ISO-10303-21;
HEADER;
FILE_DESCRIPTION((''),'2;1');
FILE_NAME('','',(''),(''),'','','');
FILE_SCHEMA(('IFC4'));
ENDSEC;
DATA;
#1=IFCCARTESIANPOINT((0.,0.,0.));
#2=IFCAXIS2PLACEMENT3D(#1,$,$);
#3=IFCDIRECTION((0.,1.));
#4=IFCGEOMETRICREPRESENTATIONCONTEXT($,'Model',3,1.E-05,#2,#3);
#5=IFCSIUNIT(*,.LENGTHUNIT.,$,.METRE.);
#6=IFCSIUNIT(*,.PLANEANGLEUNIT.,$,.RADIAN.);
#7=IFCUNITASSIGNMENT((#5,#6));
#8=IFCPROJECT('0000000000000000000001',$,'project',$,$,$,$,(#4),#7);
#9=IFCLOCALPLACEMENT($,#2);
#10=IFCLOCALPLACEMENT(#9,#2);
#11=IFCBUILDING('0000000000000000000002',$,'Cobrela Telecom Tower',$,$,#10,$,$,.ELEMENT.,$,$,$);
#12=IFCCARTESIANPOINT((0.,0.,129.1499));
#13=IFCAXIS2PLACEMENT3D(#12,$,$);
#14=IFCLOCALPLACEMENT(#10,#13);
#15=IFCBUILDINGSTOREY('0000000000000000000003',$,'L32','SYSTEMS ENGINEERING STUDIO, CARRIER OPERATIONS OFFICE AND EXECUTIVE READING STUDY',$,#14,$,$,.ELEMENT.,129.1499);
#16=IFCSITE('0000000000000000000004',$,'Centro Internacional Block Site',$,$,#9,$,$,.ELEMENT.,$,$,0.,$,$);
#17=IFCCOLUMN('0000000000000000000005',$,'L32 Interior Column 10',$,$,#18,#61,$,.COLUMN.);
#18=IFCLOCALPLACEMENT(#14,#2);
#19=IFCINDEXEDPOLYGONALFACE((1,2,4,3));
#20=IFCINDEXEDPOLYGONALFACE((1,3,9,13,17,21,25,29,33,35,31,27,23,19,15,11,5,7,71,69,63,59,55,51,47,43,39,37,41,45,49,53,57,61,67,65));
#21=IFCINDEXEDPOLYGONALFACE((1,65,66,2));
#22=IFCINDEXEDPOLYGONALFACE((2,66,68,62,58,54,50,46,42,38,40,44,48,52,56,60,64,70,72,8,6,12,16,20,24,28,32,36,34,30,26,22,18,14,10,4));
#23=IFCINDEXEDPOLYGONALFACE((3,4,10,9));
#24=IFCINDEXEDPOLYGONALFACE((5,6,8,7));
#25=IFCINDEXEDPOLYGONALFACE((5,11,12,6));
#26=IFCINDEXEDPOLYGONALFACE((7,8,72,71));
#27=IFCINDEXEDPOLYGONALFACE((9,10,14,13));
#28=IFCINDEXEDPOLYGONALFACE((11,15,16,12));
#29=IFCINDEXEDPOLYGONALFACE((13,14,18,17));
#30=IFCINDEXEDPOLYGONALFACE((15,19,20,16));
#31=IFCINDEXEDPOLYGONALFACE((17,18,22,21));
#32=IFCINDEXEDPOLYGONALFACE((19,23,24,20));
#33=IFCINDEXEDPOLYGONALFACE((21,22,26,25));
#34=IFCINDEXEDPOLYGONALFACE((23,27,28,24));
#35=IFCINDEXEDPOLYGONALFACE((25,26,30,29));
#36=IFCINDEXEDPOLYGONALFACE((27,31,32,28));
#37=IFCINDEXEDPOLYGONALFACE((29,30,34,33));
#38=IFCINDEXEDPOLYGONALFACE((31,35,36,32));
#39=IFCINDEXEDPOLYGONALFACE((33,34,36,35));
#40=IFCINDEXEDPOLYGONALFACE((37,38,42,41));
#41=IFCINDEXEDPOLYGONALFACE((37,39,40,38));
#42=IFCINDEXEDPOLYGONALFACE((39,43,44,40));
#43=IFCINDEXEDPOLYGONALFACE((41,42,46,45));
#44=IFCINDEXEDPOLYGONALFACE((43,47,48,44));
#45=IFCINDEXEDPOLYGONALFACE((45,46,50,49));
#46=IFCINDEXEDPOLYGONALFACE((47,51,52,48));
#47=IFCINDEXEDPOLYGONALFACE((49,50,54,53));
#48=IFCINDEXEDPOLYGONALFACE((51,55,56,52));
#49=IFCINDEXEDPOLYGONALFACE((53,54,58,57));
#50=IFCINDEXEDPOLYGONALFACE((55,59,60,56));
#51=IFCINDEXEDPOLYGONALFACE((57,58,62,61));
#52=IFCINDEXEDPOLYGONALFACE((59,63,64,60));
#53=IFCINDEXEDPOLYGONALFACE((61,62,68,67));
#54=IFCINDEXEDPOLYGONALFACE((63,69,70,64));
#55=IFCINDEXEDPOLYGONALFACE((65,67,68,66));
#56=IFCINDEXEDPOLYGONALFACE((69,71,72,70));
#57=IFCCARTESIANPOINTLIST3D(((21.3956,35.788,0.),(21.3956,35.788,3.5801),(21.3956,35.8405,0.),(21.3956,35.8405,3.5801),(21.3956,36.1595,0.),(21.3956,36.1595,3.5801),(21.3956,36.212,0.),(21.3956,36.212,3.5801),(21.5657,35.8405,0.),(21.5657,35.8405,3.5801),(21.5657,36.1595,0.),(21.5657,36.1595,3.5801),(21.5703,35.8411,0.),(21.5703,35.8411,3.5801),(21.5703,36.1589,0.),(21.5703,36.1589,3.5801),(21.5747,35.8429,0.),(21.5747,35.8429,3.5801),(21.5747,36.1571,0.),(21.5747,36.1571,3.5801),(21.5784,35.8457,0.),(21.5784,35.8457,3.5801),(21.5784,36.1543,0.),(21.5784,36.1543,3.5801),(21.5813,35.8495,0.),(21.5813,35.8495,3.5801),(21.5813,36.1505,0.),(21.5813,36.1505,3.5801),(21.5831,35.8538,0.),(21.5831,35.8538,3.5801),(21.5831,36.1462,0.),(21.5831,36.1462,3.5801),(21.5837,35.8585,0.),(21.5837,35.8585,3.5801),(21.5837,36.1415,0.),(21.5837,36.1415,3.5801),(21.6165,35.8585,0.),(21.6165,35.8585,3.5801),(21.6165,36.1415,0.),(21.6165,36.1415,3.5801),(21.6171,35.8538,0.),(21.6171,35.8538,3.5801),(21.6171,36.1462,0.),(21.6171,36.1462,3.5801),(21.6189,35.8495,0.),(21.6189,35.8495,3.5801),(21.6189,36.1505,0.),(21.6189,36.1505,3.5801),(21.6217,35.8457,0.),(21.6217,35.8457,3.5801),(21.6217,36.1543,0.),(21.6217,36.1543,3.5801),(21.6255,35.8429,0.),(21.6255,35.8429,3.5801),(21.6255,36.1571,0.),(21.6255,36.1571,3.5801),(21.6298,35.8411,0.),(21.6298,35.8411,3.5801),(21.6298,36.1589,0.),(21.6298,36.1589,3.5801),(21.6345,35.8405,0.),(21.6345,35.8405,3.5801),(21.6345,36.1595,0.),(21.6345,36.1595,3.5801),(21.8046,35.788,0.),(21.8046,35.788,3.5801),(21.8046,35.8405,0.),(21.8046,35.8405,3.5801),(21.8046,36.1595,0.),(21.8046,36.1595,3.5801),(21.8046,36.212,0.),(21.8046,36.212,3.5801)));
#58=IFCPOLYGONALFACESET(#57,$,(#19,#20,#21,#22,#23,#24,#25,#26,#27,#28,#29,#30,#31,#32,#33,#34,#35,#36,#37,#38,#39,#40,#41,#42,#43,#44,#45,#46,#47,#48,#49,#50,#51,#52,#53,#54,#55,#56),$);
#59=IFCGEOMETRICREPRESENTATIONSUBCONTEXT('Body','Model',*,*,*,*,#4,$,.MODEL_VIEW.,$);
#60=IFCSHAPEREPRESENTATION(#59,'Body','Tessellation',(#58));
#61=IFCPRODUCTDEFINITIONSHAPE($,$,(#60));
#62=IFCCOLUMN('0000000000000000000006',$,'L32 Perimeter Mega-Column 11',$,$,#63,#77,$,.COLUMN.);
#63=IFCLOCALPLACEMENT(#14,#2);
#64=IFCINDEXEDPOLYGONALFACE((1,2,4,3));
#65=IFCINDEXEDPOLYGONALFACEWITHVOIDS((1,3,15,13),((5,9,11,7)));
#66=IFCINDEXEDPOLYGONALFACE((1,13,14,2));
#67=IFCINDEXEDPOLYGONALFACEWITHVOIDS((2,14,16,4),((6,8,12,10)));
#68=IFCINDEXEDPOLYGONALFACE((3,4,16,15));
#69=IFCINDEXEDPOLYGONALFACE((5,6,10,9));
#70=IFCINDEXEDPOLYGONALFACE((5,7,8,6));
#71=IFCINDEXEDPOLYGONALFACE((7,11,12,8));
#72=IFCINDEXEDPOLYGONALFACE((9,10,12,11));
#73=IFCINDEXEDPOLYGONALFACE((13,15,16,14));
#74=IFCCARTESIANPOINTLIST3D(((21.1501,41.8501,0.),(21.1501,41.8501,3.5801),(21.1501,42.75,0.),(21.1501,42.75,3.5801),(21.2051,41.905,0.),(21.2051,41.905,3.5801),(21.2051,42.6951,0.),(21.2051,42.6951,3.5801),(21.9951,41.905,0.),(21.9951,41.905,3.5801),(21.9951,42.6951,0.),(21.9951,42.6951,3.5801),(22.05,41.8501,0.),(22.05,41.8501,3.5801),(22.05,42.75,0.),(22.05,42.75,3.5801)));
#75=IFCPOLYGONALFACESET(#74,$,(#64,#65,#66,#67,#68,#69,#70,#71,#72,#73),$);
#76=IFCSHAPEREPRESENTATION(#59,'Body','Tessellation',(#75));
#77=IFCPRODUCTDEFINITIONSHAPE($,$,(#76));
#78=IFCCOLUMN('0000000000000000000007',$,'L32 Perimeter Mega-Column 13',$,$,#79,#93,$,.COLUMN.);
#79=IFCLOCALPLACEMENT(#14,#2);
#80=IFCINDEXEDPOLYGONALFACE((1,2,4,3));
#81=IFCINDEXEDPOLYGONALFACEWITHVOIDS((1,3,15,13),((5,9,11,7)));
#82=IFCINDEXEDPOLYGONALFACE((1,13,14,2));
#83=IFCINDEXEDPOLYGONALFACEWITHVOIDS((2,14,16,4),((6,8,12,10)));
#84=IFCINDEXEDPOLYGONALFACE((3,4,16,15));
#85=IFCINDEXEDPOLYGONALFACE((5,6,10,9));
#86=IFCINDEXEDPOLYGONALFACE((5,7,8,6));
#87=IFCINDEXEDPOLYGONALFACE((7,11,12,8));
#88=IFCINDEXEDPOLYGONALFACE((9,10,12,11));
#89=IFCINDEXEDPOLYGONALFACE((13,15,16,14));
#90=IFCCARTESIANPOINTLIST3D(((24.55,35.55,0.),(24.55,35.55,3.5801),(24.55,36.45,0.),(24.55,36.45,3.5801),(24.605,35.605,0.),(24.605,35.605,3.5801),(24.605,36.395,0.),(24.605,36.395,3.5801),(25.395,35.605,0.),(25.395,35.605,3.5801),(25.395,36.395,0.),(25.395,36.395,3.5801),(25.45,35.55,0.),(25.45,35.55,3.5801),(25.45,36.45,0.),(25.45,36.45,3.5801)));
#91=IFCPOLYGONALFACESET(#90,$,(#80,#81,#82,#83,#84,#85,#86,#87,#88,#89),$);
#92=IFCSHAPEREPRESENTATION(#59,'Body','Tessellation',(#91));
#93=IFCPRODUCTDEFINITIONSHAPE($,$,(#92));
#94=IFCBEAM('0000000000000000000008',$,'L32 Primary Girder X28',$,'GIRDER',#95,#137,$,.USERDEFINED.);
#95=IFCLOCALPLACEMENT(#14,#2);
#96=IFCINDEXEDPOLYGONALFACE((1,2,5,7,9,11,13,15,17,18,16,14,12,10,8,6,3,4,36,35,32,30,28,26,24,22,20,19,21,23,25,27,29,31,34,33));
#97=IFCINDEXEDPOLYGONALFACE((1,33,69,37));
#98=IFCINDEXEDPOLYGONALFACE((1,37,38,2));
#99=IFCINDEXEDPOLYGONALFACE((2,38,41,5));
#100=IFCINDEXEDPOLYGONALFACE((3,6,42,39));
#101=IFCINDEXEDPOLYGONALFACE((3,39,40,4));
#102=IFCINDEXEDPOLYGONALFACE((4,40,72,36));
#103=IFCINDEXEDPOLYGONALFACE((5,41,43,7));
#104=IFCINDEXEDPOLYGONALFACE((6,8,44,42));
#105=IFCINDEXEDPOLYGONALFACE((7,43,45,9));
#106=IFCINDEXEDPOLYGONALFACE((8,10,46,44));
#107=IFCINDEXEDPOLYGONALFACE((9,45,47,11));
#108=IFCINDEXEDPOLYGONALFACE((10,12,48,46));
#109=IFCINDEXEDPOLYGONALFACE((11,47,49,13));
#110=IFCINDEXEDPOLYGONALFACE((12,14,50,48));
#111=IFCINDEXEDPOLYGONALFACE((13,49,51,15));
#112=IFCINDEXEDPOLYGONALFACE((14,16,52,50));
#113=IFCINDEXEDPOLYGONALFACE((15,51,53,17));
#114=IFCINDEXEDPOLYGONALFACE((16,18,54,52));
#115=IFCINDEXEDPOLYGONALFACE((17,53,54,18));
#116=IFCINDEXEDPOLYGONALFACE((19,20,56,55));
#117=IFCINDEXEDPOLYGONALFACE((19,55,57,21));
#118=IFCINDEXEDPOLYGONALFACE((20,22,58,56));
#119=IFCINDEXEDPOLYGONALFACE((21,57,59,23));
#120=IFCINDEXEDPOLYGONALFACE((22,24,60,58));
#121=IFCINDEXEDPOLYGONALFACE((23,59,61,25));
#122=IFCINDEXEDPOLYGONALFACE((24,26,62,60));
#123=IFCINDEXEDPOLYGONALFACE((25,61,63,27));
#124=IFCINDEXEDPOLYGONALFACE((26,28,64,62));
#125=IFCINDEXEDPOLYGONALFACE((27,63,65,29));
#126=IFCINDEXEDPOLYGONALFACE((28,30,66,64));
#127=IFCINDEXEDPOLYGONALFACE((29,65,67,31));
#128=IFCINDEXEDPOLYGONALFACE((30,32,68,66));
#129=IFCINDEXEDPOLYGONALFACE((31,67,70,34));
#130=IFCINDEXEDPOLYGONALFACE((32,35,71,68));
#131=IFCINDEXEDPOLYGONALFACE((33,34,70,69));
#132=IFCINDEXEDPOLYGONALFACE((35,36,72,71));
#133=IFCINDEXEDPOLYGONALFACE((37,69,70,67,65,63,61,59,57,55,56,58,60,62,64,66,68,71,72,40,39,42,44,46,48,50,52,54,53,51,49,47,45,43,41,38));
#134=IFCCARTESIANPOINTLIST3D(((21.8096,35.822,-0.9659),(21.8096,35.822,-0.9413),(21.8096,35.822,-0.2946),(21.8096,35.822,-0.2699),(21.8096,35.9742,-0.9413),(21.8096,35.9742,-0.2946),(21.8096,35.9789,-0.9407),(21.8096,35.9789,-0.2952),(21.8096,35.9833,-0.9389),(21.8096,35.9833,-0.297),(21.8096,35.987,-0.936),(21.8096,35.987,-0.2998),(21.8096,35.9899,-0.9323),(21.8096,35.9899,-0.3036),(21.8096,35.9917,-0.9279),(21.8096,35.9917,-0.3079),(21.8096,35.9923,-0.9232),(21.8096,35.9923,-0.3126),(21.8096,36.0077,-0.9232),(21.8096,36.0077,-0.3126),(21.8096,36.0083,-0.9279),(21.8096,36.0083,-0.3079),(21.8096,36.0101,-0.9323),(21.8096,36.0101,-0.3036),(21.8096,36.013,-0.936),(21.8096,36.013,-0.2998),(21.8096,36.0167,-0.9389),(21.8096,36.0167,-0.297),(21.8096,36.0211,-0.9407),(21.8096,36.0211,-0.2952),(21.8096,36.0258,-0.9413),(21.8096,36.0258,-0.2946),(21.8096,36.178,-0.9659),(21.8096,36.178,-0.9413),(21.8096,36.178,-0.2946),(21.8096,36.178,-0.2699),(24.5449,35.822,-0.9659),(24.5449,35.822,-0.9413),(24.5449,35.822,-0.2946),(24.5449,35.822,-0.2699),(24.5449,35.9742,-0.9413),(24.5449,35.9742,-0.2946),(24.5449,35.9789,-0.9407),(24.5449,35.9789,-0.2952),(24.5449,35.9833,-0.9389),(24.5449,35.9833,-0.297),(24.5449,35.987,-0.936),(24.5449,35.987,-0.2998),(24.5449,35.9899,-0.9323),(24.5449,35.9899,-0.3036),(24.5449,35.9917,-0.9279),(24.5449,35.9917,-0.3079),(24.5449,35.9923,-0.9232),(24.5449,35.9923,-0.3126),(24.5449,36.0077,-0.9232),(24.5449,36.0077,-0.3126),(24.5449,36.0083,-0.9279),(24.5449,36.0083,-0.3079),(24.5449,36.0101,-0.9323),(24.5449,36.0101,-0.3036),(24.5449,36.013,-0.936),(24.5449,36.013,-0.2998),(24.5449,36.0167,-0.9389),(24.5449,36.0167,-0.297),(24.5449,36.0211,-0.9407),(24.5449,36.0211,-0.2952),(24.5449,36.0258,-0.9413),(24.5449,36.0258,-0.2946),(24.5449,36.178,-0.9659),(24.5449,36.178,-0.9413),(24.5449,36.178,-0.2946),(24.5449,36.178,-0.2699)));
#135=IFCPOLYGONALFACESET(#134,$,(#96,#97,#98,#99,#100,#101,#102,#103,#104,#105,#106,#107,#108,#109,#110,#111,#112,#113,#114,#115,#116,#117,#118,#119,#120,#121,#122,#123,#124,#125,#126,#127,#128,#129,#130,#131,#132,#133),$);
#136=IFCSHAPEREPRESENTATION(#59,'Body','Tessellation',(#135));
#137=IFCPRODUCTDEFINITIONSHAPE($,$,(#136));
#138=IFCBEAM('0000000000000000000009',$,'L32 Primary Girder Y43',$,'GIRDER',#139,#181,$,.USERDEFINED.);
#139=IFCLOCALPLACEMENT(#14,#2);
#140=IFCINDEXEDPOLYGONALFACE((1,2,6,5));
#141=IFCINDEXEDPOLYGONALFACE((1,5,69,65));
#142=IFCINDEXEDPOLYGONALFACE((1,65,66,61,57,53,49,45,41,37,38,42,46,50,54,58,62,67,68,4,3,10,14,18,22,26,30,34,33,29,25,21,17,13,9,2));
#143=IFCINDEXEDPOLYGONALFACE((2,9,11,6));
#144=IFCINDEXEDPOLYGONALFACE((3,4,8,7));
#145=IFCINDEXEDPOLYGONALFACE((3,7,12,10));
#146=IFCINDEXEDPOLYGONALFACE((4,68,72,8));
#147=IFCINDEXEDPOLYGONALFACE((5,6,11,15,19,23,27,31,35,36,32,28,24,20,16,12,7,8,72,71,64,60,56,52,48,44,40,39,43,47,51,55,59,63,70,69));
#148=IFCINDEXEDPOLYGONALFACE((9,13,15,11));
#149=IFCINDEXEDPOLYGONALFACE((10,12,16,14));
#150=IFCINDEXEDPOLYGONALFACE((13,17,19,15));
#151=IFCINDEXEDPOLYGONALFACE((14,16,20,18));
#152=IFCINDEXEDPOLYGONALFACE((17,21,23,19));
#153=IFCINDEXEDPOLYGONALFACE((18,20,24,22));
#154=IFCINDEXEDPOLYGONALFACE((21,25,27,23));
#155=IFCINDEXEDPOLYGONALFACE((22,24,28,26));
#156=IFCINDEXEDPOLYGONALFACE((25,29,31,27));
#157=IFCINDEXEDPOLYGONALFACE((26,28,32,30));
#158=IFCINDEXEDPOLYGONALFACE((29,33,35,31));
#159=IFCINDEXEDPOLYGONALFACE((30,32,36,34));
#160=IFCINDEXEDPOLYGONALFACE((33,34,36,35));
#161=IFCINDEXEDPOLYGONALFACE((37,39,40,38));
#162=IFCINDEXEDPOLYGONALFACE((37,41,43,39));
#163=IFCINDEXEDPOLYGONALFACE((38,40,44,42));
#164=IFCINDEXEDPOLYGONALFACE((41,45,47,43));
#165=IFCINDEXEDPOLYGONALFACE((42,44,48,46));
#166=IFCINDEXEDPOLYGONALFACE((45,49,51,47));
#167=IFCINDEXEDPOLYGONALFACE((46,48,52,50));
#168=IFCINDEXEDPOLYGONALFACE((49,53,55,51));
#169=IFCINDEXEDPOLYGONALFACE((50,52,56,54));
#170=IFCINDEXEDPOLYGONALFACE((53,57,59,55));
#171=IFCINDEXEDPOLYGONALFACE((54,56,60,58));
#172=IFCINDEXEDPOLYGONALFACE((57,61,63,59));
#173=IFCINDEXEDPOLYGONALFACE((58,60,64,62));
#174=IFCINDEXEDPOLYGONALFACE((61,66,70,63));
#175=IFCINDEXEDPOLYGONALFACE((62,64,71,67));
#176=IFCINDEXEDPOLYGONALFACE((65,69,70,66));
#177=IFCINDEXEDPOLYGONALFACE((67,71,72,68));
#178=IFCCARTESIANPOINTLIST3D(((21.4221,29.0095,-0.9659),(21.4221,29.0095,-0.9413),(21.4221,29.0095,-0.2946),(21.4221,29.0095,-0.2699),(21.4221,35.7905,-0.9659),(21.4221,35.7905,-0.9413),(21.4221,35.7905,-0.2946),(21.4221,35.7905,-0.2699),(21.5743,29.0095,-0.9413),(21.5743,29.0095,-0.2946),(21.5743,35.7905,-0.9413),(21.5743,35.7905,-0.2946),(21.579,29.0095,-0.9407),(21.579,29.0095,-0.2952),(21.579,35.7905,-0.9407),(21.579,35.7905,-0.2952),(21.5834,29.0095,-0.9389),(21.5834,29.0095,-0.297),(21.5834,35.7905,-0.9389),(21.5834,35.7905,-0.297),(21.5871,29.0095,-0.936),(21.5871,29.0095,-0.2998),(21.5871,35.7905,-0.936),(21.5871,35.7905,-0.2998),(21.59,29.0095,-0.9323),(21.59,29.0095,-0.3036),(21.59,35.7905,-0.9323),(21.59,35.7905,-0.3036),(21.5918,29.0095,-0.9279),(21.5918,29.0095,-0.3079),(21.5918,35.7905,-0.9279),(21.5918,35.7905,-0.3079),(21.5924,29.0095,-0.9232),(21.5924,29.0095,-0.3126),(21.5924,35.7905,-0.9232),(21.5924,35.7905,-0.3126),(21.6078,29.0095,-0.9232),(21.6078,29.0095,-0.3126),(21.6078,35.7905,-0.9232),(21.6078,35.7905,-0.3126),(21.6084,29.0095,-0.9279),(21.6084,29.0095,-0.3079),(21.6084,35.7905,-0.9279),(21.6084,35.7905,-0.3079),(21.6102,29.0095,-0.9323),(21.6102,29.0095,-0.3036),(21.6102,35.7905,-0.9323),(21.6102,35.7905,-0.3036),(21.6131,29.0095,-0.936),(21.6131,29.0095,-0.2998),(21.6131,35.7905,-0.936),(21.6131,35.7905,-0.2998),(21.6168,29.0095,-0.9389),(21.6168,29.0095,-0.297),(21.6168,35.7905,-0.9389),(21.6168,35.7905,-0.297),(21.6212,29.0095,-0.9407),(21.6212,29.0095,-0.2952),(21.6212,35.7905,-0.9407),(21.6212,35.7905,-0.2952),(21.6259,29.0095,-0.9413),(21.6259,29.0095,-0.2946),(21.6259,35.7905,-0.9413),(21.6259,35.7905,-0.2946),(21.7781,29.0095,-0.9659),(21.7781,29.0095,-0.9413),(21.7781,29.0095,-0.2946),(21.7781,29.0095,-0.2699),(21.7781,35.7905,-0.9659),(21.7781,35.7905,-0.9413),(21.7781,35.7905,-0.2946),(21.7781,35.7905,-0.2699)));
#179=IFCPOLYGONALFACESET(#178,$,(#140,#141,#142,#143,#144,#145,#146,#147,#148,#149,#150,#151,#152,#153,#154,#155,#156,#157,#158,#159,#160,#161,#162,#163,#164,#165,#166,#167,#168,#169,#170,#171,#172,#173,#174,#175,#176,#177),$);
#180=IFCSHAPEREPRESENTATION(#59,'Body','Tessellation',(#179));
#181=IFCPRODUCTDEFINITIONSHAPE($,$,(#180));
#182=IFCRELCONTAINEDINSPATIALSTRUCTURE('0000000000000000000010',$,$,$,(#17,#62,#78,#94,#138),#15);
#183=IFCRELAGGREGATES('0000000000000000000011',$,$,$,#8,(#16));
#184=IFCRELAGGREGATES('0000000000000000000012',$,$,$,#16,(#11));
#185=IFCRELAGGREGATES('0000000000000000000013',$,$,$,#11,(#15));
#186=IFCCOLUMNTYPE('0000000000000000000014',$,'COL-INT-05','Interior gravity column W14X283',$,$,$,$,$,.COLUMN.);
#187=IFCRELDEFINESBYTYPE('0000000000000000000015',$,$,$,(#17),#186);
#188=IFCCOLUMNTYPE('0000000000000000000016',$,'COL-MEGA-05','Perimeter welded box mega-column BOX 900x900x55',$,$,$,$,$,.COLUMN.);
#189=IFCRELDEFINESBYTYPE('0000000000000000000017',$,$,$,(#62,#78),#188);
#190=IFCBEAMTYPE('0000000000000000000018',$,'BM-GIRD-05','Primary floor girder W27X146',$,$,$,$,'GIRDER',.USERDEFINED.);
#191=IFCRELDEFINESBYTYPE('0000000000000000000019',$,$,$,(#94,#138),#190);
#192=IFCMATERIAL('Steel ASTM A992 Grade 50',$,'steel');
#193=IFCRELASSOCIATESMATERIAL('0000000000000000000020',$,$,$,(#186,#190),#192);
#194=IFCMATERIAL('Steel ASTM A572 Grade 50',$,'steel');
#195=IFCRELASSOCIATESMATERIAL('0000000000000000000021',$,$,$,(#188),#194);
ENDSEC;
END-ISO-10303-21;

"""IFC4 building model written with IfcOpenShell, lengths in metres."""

from ifc_helpers import new_model, si_unit, direction, frame, origin, origin_2d, place, context, subcontext, project, spatial, hollow_rectangle, i_section, extrude, material, material_profile, profile_set, type_object, element, save


model = new_model("IFC4")

# Units and contexts
model_context = context("Model", 3, precision=1e-05, world=origin(), true_north=direction((0.0, 1.0)))
body_context = subcontext(model_context, "Body", "Model", "MODEL_VIEW")
ifc_project = project(units=[si_unit("LENGTHUNIT", "METRE"), si_unit("PLANEANGLEUNIT", "RADIAN")], contexts=[model_context])

# Site, building, storey
site_placement = place(None, origin())
site = spatial("IfcSite", under=ifc_project, at=site_placement, Name="Centro Internacional Block Site", CompositionType="ELEMENT", RefElevation=0.0)
building_placement = place(site_placement, origin())
building = spatial("IfcBuilding", under=site, at=building_placement, Name="Cobrela Telecom Tower", CompositionType="ELEMENT")
storey_placement = place(building_placement, frame((0.0, 0.0, 129.1499)))
storey = spatial("IfcBuildingStorey", under=building, at=storey_placement, Name="L32", Description="SYSTEMS ENGINEERING STUDIO, CARRIER OPERATIONS OFFICE AND EXECUTIVE READING STUDY", CompositionType="ELEMENT", Elevation=129.1499)

# Columns
ifc_material_1 = material(Name="Steel ASTM A992 Grade 50", Category="steel")
ifc_material_profile_1 = material_profile(ifc_material_1, i_section(OverallWidth=0.4089, OverallDepth=0.4241, WebThickness=0.0327, FlangeThickness=0.0525, FilletRadius=0.0181, at=origin_2d()), Name="W14X283")
ifc_profile_set_1 = profile_set([ifc_material_profile_1], Name="Steel ASTM A992 Grade 50")
column_type_1 = type_object("IfcColumnType", Name="COL-INT-05", Description="Interior gravity column W14X283", PredefinedType="COLUMN", material=ifc_profile_set_1)
column_placement = place(storey_placement, frame((21.6001, 36.0, 0.0), z_axis=(0.0, 0.0, 1.0), x_axis=(1.0, 0.0, 0.0)))
element("IfcColumn", 1, at=column_placement, inside=storey, type_object=column_type_1, Name="L32 Interior Column 10", PredefinedType="COLUMN", context=body_context, shape_type="SweptSolid", body=[
    extrude(i_section(OverallWidth=0.4089, OverallDepth=0.4241, WebThickness=0.0327, FlangeThickness=0.0525, FilletRadius=0.0181, at=origin_2d()), origin(), (0.0, 0.0, 1.0), 3.5801),
])
ifc_material_2 = material(Name="Steel ASTM A572 Grade 50", Category="steel")
ifc_material_profile_2 = material_profile(ifc_material_2, hollow_rectangle(XDim=0.8999, YDim=0.8999, WallThickness=0.0549, at=origin_2d()), Name="BOX 900x900x55")
ifc_profile_set_2 = profile_set([ifc_material_profile_2], Name="Steel ASTM A572 Grade 50")
column_type_2 = type_object("IfcColumnType", Name="COL-MEGA-05", Description="Perimeter welded box mega-column BOX 900x900x55", PredefinedType="COLUMN", material=ifc_profile_set_2)
for number, where, z_axis, x_axis, name in (
    (2, (21.6001, 42.3, 0.0), (0.0, 0.0, 1.0), (1.0, 0.0, 0.0), "L32 Perimeter Mega-Column 11"),
    (3, (25.0, 36.0, 0.0), (0.0, 0.0, 1.0), (1.0, 0.0, 0.0), "L32 Perimeter Mega-Column 13"),
):
    element("IfcColumn", number, at=place(storey_placement, frame(where, z_axis=z_axis, x_axis=x_axis)), inside=storey, type_object=column_type_2, Name=name, PredefinedType="COLUMN", context=body_context, shape_type="SweptSolid", body=[
        extrude(hollow_rectangle(XDim=0.8999, YDim=0.8999, WallThickness=0.0549, at=origin_2d()), origin(), (0.0, 0.0, 1.0), 3.5801),
    ])

# Beams
ifc_material_profile_3 = material_profile(ifc_material_1, i_section(OverallWidth=0.356, OverallDepth=0.696, WebThickness=0.0154, FlangeThickness=0.0247, FilletRadius=0.0181, at=origin_2d()), Name="W27X146")
ifc_profile_set_3 = profile_set([ifc_material_profile_3], Name="Steel ASTM A992 Grade 50")
beam_type_1 = type_object("IfcBeamType", Name="BM-GIRD-05", Description="Primary floor girder W27X146", ElementType="GIRDER", PredefinedType="USERDEFINED", material=ifc_profile_set_3)
beam_1_placement = place(storey_placement, frame((21.8096, 36.0, -0.6179), z_axis=(1.0, 0.0, 0.0), x_axis=(0.0, 1.0, 0.0)))
element("IfcBeam", 4, at=beam_1_placement, inside=storey, type_object=beam_type_1, Name="L32 Primary Girder X28", ObjectType="GIRDER", PredefinedType="USERDEFINED", context=body_context, shape_type="SweptSolid", body=[
    extrude(i_section(OverallWidth=0.356, OverallDepth=0.696, WebThickness=0.0154, FlangeThickness=0.0247, FilletRadius=0.0181, at=origin_2d()), origin(), (0.0, 0.0, 1.0), 2.7354),
])
beam_2_placement = place(storey_placement, frame((21.6001, 29.0095, -0.6179), z_axis=(0.0, 1.0, 0.0), x_axis=(-1.0, 0.0, 0.0)))
element("IfcBeam", 5, at=beam_2_placement, inside=storey, type_object=beam_type_1, Name="L32 Primary Girder Y43", ObjectType="GIRDER", PredefinedType="USERDEFINED", context=body_context, shape_type="SweptSolid", body=[
    extrude(i_section(OverallWidth=0.356, OverallDepth=0.696, WebThickness=0.0154, FlangeThickness=0.0247, FilletRadius=0.0181, at=origin_2d()), origin(), (0.0, 0.0, 1.0), 6.781),
])

save(model, "model.ifc")
